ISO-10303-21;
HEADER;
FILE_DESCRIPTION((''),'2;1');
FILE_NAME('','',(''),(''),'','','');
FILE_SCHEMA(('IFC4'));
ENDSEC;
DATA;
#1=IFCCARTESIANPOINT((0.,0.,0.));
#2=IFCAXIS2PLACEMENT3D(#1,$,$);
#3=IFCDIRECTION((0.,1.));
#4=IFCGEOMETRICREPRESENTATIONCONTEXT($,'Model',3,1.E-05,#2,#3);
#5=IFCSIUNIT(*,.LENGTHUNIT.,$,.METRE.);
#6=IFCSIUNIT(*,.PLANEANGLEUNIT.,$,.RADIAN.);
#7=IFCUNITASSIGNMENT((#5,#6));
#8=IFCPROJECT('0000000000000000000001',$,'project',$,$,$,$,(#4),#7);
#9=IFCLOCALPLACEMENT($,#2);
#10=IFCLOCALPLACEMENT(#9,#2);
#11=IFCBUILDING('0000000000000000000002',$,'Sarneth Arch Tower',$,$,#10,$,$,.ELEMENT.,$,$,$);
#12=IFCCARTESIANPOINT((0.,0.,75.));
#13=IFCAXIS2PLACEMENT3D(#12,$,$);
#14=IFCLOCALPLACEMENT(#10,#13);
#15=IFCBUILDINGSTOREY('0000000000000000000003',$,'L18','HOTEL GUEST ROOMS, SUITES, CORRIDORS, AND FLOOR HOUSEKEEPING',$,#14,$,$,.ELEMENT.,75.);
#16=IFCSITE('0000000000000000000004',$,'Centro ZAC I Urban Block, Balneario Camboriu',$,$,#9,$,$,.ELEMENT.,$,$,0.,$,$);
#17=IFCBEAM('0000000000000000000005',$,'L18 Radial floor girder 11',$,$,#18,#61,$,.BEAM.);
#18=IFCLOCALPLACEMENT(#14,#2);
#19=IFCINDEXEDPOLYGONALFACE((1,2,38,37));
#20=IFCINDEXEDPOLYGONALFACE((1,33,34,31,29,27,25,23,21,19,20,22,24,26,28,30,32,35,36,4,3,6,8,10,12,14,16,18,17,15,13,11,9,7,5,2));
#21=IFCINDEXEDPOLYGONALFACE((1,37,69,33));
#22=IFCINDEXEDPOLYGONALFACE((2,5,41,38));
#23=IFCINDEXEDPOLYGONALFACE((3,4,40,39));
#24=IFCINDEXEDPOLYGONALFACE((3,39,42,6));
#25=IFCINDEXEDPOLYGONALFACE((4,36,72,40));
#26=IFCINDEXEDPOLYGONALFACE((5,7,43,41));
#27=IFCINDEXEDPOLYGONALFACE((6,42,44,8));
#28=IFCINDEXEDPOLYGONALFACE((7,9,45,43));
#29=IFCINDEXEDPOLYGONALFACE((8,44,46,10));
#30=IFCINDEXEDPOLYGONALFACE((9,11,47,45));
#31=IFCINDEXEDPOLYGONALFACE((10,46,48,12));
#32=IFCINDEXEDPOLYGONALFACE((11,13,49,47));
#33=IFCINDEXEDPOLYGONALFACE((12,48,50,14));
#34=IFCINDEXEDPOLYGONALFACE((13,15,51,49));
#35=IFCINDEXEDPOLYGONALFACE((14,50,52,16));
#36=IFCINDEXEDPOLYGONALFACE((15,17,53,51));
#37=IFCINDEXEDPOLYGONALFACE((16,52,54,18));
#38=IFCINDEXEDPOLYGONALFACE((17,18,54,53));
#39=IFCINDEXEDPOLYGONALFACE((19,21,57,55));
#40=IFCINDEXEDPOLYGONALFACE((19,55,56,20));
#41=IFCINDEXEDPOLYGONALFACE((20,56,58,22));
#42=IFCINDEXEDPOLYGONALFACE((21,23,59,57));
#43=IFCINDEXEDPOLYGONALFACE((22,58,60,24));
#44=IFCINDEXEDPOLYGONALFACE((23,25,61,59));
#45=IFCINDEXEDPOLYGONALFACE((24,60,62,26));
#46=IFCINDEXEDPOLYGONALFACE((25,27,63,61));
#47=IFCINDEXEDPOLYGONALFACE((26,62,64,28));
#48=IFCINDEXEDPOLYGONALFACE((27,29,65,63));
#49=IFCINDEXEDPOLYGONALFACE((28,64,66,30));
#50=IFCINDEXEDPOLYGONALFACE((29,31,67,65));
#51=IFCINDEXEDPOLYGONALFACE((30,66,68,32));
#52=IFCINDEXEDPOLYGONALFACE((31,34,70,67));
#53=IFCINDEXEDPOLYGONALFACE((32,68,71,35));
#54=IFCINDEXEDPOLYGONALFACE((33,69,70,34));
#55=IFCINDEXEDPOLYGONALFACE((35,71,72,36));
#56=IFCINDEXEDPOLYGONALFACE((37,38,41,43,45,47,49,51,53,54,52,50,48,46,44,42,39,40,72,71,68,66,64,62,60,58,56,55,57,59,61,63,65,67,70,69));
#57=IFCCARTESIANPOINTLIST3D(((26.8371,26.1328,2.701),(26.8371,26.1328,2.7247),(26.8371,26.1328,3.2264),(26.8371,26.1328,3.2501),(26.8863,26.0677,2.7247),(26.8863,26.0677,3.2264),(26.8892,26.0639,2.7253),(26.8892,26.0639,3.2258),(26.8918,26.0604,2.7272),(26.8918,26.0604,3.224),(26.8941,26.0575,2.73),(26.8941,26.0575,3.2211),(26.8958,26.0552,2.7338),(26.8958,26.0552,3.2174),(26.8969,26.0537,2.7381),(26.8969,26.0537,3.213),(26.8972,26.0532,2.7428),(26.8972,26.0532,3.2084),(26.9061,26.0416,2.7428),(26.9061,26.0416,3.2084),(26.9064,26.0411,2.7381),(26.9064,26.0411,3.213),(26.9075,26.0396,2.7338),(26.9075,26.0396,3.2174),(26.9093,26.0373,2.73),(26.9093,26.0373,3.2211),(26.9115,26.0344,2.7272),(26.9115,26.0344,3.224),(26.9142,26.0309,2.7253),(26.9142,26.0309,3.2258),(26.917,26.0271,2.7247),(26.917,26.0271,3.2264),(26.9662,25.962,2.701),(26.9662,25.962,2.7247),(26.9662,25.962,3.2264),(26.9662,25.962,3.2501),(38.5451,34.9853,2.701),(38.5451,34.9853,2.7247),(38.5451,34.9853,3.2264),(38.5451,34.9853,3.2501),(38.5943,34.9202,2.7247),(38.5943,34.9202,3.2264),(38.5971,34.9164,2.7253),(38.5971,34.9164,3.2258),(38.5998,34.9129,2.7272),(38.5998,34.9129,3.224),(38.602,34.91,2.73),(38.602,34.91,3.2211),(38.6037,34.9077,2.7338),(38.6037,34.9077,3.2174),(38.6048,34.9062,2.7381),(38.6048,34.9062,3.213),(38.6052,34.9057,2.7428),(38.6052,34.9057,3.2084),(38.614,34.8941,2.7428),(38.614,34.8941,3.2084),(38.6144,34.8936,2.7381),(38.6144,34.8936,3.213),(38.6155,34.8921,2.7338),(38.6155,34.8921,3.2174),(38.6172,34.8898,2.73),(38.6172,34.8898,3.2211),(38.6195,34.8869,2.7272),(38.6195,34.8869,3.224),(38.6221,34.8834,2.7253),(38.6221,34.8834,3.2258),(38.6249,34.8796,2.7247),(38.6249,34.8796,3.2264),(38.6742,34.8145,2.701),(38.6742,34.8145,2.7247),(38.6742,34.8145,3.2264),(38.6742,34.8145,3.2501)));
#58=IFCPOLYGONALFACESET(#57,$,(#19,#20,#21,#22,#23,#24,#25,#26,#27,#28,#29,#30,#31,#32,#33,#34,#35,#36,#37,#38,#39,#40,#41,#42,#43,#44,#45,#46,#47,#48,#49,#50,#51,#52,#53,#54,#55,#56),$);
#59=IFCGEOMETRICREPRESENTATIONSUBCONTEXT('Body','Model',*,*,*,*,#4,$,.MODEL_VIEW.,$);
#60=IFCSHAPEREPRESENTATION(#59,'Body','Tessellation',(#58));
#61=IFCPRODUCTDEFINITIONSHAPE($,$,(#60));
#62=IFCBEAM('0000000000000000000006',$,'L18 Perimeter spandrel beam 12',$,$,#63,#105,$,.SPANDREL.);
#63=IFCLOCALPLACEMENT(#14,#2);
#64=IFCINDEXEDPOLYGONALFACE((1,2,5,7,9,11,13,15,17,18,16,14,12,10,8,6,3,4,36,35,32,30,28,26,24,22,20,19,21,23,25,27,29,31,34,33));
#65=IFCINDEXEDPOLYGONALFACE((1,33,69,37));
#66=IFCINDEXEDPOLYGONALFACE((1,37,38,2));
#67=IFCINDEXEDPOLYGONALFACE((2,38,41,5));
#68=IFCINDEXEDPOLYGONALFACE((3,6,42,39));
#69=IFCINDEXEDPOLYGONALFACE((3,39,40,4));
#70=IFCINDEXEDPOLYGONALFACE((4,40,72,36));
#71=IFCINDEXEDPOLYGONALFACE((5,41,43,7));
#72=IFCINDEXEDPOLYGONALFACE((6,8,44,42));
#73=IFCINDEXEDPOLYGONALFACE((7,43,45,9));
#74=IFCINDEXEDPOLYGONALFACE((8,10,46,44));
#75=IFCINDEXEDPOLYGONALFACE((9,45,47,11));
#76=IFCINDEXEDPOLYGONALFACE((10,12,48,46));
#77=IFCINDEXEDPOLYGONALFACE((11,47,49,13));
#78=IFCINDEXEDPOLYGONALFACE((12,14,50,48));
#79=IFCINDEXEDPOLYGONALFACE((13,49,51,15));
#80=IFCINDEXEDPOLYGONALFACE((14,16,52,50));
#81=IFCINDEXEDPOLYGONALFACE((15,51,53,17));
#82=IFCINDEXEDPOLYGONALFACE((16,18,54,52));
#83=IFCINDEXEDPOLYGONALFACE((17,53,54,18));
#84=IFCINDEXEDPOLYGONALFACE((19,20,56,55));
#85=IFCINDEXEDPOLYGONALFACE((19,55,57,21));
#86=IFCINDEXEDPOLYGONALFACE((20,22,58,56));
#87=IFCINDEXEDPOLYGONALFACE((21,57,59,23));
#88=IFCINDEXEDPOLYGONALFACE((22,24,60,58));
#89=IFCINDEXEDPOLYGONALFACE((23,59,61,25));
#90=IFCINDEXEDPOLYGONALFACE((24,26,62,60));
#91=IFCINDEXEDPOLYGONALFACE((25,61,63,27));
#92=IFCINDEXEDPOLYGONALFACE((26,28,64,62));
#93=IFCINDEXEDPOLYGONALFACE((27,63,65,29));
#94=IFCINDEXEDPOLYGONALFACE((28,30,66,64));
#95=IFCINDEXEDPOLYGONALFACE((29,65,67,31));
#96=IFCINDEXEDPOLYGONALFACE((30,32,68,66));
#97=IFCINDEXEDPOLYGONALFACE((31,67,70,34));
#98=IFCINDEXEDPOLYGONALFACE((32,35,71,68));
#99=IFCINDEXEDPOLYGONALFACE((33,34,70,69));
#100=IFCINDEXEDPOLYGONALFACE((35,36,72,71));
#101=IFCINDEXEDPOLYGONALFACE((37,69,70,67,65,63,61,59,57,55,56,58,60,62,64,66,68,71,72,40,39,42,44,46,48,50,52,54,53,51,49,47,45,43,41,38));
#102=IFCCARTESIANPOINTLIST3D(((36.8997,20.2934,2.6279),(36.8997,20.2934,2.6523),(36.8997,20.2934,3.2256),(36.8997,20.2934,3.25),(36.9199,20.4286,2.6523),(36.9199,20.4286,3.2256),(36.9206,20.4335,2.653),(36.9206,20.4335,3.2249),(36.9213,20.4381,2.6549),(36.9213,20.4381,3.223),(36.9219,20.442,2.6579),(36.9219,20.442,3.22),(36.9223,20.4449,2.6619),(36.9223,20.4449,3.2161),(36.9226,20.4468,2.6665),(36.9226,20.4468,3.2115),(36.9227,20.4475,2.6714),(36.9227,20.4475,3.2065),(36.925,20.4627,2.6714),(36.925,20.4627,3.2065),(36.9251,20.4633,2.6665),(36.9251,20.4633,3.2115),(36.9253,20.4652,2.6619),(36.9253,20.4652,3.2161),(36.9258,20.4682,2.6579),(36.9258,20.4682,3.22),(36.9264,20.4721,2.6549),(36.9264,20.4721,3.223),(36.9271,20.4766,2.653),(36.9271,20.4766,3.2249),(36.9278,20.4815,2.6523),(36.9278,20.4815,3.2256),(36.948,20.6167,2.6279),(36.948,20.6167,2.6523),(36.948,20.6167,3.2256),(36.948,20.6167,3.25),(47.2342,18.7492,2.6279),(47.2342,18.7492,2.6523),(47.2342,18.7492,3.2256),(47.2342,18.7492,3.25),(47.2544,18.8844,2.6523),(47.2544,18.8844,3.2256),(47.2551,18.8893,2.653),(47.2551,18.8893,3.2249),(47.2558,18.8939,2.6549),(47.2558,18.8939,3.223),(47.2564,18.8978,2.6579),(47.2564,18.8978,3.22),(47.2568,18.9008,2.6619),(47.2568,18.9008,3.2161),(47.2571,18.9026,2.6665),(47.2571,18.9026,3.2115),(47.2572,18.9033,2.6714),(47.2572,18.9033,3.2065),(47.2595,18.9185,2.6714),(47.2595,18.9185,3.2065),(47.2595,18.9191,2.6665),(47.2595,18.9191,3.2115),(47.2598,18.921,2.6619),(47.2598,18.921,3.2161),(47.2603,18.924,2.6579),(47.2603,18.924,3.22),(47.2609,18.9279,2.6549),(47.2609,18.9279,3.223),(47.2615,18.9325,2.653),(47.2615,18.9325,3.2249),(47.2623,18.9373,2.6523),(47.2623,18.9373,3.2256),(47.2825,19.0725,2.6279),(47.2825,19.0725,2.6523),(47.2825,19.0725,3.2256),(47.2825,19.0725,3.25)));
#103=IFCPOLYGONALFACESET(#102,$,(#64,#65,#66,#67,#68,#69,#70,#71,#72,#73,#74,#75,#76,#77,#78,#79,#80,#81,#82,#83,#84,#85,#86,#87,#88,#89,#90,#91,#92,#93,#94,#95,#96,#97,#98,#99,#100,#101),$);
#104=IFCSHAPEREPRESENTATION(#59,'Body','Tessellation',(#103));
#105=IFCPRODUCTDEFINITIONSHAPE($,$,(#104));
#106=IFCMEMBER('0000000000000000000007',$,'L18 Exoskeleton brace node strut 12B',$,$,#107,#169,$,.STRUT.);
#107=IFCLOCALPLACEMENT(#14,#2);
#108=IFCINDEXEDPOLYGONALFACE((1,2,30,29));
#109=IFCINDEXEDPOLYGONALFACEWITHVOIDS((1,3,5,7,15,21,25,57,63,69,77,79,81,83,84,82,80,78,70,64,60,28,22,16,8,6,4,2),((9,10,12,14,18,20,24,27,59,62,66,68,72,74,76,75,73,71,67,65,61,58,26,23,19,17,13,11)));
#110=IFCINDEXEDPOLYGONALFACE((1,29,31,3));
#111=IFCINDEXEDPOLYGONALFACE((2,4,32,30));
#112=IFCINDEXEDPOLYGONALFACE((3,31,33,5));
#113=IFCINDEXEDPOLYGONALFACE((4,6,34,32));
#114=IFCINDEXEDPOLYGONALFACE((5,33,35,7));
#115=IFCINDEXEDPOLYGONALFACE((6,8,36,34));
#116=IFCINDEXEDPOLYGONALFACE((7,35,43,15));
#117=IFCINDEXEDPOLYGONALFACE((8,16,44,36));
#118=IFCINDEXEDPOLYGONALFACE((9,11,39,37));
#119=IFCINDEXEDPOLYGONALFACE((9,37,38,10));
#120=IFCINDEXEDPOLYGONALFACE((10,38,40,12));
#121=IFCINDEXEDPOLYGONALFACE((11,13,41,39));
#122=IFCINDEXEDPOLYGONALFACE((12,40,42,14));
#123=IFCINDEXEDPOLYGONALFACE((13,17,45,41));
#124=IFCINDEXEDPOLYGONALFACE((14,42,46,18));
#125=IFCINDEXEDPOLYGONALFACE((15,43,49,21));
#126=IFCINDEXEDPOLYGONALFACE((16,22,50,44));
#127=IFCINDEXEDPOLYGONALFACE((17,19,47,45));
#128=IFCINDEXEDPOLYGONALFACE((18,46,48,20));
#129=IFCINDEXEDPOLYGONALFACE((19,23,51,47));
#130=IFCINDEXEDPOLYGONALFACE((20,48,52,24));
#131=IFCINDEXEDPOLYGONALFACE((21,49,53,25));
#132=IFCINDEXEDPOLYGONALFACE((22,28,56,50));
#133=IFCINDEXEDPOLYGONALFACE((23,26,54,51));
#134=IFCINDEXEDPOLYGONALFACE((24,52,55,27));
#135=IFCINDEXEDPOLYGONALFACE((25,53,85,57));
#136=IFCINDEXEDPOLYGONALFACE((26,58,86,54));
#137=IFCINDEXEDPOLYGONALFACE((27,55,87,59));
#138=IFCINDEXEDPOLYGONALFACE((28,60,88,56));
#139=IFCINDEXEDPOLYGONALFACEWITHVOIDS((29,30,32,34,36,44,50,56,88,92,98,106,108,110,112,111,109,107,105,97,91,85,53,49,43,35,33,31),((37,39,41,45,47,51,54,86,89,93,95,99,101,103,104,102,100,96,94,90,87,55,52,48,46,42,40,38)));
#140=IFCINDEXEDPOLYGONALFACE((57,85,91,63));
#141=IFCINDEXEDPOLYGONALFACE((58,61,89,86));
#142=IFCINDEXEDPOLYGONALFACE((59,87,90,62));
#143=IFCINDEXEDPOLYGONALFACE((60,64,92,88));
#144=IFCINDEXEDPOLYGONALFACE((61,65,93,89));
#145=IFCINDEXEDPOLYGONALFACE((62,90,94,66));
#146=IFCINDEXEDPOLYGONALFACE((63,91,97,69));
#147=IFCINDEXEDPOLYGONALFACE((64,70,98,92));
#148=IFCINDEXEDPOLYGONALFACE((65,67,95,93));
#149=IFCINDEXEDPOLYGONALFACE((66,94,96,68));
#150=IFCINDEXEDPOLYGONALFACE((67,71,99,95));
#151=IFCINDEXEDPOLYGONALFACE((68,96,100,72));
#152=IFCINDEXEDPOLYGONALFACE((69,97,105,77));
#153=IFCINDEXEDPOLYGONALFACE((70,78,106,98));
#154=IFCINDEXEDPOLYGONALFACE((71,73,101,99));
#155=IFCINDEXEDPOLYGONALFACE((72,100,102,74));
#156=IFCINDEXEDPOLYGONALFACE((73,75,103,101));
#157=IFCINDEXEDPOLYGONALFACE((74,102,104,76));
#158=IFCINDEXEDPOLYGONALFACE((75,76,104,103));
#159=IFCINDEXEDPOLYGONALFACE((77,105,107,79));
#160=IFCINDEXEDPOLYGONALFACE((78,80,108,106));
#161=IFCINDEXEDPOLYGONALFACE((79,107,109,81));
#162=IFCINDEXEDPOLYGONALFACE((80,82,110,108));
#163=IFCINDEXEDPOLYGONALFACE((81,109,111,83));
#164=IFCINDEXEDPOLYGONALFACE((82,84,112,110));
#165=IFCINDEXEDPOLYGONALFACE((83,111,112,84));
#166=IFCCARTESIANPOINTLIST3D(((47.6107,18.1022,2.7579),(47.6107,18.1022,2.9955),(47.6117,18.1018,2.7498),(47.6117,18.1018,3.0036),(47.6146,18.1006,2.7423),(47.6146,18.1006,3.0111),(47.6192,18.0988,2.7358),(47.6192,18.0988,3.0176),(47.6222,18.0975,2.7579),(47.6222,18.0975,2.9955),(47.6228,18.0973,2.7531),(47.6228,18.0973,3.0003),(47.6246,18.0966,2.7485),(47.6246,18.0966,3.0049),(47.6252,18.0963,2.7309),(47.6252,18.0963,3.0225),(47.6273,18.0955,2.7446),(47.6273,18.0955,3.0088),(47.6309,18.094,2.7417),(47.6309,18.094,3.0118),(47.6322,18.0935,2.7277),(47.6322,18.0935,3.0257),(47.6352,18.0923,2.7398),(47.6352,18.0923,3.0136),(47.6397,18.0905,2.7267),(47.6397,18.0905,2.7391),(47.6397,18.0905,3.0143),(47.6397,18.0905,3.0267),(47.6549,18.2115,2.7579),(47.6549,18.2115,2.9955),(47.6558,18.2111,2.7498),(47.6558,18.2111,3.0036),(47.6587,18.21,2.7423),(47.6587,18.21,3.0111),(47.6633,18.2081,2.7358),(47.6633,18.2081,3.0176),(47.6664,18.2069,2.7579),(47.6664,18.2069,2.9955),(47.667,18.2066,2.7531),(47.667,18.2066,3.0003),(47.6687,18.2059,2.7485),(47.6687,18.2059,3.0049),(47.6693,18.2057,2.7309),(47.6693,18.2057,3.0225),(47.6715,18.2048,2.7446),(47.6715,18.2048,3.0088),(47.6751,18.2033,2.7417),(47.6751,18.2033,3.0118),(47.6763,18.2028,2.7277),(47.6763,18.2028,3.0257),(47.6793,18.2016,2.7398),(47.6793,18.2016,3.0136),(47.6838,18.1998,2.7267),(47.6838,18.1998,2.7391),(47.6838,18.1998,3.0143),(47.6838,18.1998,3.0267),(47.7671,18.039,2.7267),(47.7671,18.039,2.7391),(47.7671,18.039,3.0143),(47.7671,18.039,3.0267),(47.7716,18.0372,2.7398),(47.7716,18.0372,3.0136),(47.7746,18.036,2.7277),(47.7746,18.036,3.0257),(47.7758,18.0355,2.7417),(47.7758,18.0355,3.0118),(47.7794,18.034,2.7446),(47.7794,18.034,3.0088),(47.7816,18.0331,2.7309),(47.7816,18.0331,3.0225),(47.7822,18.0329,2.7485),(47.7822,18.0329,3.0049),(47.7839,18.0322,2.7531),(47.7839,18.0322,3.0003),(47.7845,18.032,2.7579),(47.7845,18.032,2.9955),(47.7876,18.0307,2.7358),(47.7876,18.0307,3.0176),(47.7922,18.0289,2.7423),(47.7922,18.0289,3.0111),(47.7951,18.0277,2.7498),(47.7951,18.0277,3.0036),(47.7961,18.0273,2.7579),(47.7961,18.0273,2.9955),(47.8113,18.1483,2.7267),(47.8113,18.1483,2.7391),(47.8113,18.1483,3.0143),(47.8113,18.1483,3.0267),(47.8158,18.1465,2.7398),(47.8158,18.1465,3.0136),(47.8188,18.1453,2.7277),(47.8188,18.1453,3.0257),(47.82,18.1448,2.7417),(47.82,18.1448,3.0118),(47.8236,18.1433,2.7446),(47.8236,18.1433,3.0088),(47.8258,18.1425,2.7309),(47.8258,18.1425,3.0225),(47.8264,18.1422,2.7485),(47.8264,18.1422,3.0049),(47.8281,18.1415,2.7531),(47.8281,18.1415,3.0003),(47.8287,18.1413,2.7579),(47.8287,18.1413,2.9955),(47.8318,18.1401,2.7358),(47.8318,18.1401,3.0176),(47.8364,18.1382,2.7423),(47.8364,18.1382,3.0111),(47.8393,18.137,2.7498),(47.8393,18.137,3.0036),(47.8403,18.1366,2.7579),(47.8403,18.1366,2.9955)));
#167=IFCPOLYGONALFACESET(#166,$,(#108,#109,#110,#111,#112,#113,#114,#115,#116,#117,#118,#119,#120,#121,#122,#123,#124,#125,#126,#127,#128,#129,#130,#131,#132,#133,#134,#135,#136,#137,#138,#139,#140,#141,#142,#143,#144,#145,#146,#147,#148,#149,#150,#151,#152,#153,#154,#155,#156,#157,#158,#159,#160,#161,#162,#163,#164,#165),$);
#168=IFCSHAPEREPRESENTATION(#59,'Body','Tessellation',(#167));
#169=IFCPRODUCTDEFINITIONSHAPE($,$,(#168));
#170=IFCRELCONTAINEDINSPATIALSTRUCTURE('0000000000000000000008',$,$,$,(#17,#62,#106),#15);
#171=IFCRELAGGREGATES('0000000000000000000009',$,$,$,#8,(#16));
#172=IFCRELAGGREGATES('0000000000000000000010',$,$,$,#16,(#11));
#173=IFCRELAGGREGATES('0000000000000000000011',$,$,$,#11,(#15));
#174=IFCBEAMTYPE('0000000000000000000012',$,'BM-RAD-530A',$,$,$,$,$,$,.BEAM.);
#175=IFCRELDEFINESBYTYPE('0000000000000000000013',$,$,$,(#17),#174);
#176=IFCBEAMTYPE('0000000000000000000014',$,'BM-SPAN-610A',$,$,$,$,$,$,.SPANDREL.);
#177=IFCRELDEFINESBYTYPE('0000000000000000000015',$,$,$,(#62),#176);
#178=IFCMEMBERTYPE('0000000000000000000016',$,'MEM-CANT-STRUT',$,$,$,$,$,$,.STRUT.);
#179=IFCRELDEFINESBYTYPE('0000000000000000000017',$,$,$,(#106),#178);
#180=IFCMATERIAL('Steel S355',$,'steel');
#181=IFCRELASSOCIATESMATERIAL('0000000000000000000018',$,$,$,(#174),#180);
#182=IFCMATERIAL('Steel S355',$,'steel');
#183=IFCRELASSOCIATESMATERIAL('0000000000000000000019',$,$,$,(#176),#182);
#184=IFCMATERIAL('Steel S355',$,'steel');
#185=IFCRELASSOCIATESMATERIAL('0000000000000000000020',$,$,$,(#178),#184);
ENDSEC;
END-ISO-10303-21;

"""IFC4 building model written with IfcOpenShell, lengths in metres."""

from ifc_helpers import new_model, si_unit, direction, frame, origin, origin_2d, place, context, subcontext, project, spatial, hollow_rectangle, i_section, extrude, material, material_profile, profile_set, type_object, element, save


model = new_model("IFC4")

# Units and contexts
model_context = context("Model", 3, precision=1e-05, world=origin(), true_north=direction((0.0, 1.0)))
body_context = subcontext(model_context, "Body", "Model", "MODEL_VIEW")
ifc_project = project(units=[si_unit("LENGTHUNIT", "METRE"), si_unit("PLANEANGLEUNIT", "RADIAN")], contexts=[model_context])

# Site, building, storey
site_placement = place(None, origin())
site = spatial("IfcSite", under=ifc_project, at=site_placement, Name="Centro ZAC I Urban Block, Balneario Camboriu", CompositionType="ELEMENT", RefElevation=0.0)
building_placement = place(site_placement, origin())
building = spatial("IfcBuilding", under=site, at=building_placement, Name="Sarneth Arch Tower", CompositionType="ELEMENT")
storey_placement = place(building_placement, frame((0.0, 0.0, 75.0)))
storey = spatial("IfcBuildingStorey", under=building, at=storey_placement, Name="L18", Description="HOTEL GUEST ROOMS, SUITES, CORRIDORS, AND FLOOR HOUSEKEEPING", CompositionType="ELEMENT", Elevation=75.0)

# Beams
ifc_material_1 = material(Name="Steel S355", Category="steel")
ifc_material_profile_1 = material_profile(ifc_material_1, i_section(OverallWidth=0.2141, OverallDepth=0.5491, WebThickness=0.0146, FlangeThickness=0.0237, FilletRadius=0.0181, at=origin_2d()), Name="W530x138")
ifc_profile_set_1 = profile_set([ifc_material_profile_1], Name="Steel S355")
beam_type_1 = type_object("IfcBeamType", Name="BM-RAD-530A", PredefinedType="BEAM", material=ifc_profile_set_1)
beam_1_placement = place(storey_placement, frame((38.6096, 34.8999, 2.9756), z_axis=(-0.797655, -0.603114, 0.0), x_axis=(0.603114, -0.797655, 0.0)))
element("IfcBeam", 1, at=beam_1_placement, inside=storey, type_object=beam_type_1, Name="L18 Radial floor girder 11", PredefinedType="BEAM", context=body_context, shape_type="SweptSolid", body=[
    extrude(i_section(OverallWidth=0.2141, OverallDepth=0.5491, WebThickness=0.0146, FlangeThickness=0.0237, FilletRadius=0.0181, at=origin_2d()), origin(), (0.0, 0.0, 1.0), 14.678),
])
ifc_material_2 = material(Name="Steel S355", Category="steel")
ifc_material_profile_2 = material_profile(ifc_material_2, i_section(OverallWidth=0.3269, OverallDepth=0.6221, WebThickness=0.0154, FlangeThickness=0.0244, FilletRadius=0.019, at=origin_2d()), Name="W610x195")
ifc_profile_set_2 = profile_set([ifc_material_profile_2], Name="Steel S355")
beam_type_2 = type_object("IfcBeamType", Name="BM-SPAN-610A", PredefinedType="SPANDREL", material=ifc_profile_set_2)
beam_2_placement = place(storey_placement, frame((36.9238, 20.4551, 2.939), z_axis=(0.98902, -0.147781, 0.0), x_axis=(0.147781, 0.98902, 0.0)))
element("IfcBeam", 2, at=beam_2_placement, inside=storey, type_object=beam_type_2, Name="L18 Perimeter spandrel beam 12", PredefinedType="SPANDREL", context=body_context, shape_type="SweptSolid", body=[
    extrude(i_section(OverallWidth=0.3269, OverallDepth=0.6221, WebThickness=0.0154, FlangeThickness=0.0244, FilletRadius=0.019, at=origin_2d()), origin(), (0.0, 0.0, 1.0), 10.4492),
])

# Member
ifc_material_3 = material(Name="Steel S355", Category="steel")
ifc_material_profile_3 = material_profile(ifc_material_3, hollow_rectangle(XDim=0.2, YDim=0.3, WallThickness=0.0125, InnerFilletRadius=0.0188, OuterFilletRadius=0.0312, at=origin_2d()), Name="RHS300x200x12.5")
ifc_profile_set_3 = profile_set([ifc_material_profile_3], Name="Steel S355")
member_type_1 = type_object("IfcMemberType", Name="MEM-CANT-STRUT", PredefinedType="STRUT", material=ifc_profile_set_3)
member_1_placement = place(storey_placement, frame((47.7476, 18.1741, 2.8767), z_axis=(-0.3746, -0.927187, 0.0), x_axis=(0.927187, -0.3746, 0.0)))
element("IfcMember", 3, at=member_1_placement, inside=storey, type_object=member_type_1, Name="L18 Exoskeleton brace node strut 12B", PredefinedType="STRUT", context=body_context, shape_type="SweptSolid", body=[
    extrude(hollow_rectangle(XDim=0.2, YDim=0.3, WallThickness=0.0125, InnerFilletRadius=0.0188, OuterFilletRadius=0.0312, at=origin_2d()), origin(), (0.0, 0.0, 1.0), 0.1179),
])

save(model, "model.ifc")
